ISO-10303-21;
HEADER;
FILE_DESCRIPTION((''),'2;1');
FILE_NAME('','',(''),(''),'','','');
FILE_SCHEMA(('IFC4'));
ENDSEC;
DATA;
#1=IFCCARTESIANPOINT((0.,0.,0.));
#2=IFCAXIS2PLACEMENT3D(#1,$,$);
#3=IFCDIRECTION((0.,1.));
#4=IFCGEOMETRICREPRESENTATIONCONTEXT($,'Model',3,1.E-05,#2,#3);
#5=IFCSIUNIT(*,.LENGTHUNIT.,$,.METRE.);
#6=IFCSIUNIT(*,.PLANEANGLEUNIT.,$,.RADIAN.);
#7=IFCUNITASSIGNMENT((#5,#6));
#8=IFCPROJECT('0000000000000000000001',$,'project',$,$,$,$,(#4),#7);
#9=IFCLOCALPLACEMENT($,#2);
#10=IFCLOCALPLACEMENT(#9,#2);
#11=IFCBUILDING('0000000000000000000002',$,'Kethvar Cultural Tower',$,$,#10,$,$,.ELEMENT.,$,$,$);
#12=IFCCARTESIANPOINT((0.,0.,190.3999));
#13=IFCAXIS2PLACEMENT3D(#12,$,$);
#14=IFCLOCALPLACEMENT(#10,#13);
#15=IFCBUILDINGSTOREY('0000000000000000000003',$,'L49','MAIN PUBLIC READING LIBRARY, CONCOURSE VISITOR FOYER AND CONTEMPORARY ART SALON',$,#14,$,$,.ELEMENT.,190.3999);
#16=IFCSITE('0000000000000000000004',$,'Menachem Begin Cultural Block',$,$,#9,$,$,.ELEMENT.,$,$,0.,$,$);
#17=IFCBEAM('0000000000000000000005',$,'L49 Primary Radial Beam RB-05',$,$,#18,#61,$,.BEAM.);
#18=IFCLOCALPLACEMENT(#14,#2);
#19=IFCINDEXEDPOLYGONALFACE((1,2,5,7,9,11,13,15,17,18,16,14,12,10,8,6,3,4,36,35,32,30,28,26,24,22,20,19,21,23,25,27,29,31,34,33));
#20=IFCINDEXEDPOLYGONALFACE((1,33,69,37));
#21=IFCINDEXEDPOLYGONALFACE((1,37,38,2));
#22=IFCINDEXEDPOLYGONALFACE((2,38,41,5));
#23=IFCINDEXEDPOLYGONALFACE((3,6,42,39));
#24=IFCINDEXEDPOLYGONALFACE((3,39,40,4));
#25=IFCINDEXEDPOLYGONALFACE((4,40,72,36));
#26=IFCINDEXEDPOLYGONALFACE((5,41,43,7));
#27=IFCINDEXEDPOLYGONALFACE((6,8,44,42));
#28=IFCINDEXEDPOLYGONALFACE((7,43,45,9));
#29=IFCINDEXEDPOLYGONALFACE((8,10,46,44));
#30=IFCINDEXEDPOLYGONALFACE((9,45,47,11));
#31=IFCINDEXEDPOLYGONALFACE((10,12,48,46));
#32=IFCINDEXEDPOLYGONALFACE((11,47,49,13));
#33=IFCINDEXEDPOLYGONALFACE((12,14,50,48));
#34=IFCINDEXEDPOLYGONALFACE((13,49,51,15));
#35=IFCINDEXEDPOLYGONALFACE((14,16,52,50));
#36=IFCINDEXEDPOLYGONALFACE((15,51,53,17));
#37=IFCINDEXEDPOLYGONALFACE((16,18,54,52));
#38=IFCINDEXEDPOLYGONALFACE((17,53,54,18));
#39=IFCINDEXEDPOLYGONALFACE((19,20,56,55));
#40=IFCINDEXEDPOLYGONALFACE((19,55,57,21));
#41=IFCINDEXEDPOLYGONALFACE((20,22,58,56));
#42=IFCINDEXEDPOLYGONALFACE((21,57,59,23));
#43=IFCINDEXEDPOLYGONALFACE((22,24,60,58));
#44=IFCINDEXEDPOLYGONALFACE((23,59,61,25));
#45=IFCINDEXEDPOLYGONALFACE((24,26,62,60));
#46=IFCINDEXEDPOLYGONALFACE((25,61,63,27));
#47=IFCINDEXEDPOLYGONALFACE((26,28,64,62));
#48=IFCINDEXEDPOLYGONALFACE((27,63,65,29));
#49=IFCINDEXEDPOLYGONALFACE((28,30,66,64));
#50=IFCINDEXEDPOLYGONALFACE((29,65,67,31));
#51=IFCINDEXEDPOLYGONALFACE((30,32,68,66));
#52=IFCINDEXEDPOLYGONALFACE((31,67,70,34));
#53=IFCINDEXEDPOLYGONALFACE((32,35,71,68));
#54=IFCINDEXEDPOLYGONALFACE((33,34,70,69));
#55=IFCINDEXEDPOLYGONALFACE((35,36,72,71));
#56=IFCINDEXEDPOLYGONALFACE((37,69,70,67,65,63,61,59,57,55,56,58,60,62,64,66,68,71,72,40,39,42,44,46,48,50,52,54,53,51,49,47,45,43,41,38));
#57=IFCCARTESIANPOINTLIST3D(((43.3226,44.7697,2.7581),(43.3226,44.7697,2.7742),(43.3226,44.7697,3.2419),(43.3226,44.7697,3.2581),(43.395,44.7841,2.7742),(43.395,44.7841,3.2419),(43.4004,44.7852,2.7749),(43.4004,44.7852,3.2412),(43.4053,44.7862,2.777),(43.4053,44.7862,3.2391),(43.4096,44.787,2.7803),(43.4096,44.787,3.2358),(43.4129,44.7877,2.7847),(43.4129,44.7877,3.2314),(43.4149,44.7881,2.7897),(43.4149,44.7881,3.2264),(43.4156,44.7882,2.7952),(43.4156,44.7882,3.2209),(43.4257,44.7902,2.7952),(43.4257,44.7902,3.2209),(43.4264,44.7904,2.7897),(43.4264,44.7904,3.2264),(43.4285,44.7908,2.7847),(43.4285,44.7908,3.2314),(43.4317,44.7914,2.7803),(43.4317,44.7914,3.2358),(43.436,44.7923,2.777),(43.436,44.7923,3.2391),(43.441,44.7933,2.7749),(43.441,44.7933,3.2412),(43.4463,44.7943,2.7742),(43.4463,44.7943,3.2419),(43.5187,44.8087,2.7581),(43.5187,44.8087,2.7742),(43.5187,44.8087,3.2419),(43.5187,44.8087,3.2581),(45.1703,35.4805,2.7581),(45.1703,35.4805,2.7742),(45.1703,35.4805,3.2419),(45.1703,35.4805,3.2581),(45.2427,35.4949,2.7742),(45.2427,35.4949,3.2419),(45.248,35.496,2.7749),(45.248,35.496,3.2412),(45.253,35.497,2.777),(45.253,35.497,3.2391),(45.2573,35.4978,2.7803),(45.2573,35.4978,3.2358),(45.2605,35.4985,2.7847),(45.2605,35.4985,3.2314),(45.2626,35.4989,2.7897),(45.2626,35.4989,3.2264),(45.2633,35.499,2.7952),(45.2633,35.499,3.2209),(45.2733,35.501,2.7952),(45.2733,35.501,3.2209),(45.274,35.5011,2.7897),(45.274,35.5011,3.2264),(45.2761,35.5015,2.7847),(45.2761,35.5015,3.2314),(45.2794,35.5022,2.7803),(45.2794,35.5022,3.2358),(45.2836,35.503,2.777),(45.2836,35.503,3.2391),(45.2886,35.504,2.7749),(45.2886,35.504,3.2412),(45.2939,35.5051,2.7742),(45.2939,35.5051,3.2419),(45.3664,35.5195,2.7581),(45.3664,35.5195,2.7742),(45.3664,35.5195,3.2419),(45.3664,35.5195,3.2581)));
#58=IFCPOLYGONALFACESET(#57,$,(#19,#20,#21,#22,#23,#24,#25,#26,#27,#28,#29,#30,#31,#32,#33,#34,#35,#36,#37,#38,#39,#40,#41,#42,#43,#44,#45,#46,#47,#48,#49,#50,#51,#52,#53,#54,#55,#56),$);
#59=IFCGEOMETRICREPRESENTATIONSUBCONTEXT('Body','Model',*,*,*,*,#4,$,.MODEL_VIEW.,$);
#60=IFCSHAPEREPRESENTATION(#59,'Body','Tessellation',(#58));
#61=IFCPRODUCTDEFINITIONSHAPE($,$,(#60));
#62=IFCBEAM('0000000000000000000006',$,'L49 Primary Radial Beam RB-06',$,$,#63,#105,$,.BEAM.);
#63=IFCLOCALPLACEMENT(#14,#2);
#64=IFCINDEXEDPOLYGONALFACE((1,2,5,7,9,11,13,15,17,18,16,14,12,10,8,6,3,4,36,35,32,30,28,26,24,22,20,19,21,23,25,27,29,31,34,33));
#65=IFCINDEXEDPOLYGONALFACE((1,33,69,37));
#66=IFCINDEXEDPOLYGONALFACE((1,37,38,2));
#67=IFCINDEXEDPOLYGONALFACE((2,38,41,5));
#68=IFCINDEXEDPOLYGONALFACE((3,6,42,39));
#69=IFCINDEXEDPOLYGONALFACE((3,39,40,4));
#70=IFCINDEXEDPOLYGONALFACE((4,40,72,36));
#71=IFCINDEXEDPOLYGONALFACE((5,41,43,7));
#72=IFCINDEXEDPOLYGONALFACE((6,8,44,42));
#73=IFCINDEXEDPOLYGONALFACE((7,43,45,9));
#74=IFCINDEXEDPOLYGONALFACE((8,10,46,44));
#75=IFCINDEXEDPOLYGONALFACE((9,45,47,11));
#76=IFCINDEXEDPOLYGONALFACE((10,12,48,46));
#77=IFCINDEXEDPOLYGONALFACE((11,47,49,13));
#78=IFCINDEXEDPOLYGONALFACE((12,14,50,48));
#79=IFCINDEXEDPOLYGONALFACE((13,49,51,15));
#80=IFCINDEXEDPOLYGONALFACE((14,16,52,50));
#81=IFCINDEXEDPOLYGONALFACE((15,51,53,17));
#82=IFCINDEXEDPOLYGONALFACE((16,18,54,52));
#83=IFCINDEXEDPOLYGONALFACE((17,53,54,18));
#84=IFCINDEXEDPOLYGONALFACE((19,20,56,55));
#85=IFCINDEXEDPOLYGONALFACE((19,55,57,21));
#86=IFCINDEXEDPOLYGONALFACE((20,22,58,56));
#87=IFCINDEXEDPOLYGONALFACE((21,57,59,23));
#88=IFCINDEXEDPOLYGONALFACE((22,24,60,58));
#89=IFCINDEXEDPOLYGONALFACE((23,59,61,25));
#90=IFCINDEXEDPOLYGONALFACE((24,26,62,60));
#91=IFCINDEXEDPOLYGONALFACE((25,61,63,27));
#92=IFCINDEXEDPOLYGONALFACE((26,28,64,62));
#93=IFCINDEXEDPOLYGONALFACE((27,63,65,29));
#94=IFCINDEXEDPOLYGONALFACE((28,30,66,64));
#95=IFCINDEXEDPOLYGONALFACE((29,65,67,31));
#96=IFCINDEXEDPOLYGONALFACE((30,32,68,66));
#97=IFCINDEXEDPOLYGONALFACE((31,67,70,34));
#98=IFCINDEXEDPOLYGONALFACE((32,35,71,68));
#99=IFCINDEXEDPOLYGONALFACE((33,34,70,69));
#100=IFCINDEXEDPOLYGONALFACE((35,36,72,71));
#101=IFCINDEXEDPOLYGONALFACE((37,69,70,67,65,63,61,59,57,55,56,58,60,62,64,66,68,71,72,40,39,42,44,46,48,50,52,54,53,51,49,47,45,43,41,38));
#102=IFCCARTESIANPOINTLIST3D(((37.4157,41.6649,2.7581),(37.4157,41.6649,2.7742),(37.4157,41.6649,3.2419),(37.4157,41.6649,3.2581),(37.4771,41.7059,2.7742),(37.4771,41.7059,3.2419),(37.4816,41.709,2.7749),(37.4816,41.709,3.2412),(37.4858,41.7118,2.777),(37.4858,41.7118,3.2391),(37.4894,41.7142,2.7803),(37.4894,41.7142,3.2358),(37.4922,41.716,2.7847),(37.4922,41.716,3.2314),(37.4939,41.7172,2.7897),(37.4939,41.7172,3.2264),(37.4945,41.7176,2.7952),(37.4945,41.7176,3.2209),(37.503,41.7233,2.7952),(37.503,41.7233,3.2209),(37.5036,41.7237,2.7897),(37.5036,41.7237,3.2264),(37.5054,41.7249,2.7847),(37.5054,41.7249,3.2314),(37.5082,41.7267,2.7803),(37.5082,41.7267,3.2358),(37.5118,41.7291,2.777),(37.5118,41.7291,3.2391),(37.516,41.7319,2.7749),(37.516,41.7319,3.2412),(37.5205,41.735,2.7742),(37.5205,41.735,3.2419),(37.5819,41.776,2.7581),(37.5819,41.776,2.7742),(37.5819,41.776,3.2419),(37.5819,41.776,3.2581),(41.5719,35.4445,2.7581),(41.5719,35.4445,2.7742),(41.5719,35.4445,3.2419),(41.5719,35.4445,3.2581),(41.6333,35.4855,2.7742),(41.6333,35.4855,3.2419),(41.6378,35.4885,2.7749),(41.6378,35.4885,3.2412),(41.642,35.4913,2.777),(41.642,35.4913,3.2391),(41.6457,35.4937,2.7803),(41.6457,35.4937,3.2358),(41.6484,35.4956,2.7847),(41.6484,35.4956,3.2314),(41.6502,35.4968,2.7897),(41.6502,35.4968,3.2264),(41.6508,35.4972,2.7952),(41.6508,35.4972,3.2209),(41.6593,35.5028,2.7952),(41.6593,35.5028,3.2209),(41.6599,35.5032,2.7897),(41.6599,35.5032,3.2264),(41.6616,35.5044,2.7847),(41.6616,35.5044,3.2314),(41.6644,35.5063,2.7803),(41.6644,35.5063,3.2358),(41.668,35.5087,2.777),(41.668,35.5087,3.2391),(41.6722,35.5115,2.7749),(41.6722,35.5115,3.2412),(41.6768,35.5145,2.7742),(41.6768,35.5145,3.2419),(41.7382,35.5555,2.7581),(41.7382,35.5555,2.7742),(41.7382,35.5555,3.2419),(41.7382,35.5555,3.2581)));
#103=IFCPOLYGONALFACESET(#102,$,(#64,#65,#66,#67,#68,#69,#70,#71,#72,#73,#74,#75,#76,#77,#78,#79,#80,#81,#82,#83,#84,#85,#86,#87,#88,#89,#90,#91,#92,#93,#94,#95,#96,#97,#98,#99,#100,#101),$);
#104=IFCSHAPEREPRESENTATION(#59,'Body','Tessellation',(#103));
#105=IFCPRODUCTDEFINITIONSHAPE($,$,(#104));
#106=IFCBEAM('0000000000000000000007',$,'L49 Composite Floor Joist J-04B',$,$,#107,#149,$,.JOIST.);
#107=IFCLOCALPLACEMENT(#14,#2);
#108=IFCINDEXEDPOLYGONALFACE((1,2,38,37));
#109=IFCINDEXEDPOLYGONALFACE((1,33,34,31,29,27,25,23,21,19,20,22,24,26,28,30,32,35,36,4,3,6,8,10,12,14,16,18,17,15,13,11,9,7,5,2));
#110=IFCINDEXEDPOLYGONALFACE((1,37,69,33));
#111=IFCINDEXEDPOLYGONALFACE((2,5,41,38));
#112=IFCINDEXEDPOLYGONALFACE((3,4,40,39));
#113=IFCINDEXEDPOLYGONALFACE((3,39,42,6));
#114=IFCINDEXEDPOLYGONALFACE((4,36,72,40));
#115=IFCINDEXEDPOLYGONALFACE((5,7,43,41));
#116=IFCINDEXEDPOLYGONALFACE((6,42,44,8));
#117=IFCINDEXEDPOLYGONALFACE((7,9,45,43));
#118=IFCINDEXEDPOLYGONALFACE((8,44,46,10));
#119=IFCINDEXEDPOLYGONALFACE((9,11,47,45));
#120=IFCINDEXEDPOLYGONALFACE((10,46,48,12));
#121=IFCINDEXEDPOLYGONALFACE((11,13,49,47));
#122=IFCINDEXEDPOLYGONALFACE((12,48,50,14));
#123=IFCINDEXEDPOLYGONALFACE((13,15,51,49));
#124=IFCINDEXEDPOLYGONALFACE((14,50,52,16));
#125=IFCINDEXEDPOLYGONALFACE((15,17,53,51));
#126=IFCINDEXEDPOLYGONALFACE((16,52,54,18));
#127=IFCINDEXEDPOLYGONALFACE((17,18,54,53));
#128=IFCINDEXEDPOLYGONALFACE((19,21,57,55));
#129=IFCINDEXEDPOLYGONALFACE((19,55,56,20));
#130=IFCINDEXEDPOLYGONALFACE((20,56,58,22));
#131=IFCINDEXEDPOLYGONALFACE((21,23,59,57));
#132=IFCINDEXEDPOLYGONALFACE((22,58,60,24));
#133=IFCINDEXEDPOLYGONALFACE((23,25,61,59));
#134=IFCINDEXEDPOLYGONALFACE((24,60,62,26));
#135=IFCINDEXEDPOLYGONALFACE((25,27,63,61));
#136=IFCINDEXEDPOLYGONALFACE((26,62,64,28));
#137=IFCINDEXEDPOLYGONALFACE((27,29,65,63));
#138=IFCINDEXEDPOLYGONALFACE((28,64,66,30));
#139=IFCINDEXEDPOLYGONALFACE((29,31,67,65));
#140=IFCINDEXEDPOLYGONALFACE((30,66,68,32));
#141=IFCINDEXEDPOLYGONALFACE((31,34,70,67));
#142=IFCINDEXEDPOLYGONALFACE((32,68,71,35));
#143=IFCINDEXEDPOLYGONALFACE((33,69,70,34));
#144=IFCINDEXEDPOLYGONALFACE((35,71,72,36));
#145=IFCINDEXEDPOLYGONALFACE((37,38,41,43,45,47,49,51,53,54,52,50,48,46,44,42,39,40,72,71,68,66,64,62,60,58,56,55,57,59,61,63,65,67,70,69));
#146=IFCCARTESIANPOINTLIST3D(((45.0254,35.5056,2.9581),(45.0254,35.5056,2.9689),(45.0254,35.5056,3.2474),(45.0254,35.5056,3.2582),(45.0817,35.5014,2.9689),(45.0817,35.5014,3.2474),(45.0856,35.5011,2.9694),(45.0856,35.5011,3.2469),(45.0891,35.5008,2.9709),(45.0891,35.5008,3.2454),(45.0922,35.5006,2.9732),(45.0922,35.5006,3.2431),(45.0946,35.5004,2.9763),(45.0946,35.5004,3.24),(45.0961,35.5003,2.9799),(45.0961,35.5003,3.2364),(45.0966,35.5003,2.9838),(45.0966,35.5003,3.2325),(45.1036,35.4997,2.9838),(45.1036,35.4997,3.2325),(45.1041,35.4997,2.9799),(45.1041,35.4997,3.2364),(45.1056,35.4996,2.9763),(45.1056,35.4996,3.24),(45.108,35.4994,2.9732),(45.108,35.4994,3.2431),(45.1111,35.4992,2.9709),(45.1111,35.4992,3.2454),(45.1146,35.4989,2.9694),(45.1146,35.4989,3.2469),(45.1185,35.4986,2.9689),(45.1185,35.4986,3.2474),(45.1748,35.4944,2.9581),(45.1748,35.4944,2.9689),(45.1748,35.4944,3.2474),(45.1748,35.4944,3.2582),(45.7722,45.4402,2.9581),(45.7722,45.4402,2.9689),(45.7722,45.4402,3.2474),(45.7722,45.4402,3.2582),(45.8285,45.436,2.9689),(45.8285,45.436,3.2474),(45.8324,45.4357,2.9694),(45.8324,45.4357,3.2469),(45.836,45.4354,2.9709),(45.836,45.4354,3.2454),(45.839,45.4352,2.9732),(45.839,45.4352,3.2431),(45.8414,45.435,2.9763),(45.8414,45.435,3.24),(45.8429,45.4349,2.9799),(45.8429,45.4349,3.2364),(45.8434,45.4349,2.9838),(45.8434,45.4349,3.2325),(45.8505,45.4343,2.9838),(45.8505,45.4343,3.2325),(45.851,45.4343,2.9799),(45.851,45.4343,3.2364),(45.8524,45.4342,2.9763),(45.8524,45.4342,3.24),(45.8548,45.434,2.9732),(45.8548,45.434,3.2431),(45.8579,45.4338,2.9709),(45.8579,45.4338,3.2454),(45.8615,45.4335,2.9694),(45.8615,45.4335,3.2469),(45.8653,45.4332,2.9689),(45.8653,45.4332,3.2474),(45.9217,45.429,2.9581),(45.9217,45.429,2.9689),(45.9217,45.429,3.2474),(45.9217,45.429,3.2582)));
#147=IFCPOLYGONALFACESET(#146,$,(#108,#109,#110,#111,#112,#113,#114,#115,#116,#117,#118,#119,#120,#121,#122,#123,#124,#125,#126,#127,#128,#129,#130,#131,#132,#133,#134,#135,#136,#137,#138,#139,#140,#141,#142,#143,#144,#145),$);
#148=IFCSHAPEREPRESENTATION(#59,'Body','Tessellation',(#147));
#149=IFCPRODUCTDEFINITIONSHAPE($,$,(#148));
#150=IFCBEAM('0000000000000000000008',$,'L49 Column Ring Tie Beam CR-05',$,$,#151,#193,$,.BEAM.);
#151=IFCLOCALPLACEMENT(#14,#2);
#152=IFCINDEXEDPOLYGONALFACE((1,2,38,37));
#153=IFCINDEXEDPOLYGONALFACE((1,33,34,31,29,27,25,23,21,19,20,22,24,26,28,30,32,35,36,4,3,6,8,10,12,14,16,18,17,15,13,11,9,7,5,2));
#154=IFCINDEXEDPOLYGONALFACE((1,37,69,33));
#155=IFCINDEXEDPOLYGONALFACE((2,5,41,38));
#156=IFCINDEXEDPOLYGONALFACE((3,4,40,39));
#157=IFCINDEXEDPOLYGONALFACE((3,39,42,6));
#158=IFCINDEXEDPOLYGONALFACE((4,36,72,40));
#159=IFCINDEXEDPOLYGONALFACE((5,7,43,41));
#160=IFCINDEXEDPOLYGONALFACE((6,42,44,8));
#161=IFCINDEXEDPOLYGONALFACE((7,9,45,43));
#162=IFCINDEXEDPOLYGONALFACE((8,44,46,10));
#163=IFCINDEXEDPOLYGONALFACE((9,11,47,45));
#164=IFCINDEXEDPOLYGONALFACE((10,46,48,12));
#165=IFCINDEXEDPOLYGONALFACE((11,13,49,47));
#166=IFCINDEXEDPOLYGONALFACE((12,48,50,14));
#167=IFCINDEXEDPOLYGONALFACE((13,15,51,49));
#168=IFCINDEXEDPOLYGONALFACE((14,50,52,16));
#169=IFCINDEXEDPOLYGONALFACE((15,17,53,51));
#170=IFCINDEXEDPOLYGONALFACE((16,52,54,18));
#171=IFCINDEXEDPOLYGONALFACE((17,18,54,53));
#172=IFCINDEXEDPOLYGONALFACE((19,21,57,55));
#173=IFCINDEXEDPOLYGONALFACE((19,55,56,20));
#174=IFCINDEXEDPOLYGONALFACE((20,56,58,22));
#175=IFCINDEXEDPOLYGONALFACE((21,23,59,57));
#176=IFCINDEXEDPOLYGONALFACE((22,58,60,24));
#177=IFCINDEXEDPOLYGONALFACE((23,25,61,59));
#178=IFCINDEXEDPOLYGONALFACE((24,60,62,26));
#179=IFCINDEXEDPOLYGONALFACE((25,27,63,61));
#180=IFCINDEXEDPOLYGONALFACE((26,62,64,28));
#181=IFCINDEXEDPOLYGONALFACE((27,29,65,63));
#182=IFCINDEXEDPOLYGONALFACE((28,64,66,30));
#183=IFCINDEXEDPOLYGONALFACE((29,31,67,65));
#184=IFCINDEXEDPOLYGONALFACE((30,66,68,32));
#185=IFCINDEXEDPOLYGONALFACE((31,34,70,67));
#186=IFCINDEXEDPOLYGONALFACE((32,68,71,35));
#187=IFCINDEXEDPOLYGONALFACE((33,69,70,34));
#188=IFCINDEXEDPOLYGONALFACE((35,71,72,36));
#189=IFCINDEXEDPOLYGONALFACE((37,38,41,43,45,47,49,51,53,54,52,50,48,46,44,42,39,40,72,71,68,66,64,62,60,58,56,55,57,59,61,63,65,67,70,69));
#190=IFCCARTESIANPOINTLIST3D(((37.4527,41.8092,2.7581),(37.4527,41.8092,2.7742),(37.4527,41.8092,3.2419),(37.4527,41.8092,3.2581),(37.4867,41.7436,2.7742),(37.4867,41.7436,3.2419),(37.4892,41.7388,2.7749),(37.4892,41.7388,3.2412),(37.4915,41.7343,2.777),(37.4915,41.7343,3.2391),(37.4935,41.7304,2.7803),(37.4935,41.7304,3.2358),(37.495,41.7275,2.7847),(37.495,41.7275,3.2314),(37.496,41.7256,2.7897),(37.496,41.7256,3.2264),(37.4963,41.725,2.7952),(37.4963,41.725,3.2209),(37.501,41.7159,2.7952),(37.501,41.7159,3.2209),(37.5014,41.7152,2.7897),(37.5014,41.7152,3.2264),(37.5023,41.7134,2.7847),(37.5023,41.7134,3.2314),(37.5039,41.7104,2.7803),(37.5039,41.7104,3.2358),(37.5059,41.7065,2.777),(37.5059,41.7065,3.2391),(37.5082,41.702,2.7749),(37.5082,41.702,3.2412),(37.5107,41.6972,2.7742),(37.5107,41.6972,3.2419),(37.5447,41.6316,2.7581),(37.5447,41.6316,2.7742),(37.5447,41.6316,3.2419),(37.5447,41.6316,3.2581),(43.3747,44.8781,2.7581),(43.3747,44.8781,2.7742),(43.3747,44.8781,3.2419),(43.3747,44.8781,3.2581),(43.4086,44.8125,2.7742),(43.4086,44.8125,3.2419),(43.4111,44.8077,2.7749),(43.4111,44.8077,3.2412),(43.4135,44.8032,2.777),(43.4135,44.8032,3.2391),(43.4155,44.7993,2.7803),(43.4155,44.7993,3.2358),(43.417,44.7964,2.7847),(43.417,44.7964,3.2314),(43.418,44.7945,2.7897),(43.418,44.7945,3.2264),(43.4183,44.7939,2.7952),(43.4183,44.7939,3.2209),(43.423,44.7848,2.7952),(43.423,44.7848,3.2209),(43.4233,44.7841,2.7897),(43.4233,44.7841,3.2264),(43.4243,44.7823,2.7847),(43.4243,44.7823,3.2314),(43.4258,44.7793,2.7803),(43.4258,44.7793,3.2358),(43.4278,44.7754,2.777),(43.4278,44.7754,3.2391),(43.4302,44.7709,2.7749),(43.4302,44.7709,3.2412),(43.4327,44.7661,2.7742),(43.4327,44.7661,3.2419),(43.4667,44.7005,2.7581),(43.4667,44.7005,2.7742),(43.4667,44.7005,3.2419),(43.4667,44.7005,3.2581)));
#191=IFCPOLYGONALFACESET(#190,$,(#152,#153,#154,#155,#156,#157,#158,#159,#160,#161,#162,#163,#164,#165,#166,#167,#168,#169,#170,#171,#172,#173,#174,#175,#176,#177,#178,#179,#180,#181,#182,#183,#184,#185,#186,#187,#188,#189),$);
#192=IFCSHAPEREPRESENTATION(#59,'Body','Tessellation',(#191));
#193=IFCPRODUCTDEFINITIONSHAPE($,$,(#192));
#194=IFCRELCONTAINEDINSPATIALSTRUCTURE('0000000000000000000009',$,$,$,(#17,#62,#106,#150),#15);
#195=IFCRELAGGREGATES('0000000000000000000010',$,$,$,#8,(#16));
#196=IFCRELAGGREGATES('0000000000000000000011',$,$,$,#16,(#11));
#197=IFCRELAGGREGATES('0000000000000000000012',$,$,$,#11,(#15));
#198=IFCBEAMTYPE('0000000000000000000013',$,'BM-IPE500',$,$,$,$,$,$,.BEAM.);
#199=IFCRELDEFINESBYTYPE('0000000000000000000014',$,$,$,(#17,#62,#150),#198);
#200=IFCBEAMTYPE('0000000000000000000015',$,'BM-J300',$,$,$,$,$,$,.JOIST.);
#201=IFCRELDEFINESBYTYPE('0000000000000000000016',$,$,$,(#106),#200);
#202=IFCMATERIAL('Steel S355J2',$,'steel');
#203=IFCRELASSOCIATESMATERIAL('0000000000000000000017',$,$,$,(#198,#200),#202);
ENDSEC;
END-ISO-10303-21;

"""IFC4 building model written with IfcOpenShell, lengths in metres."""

from ifc_helpers import new_model, si_unit, direction, frame, origin, origin_2d, place, context, subcontext, project, spatial, i_section, extrude, source, transform, mapped, material, material_profile, profile_set, type_object, element, save


model = new_model("IFC4")

# Units and contexts
model_context = context("Model", 3, precision=1e-05, world=origin(), true_north=direction((0.0, 1.0)))
body_context = subcontext(model_context, "Body", "Model", "MODEL_VIEW")
ifc_project = project(units=[si_unit("LENGTHUNIT", "METRE"), si_unit("PLANEANGLEUNIT", "RADIAN")], contexts=[model_context])

# Site, building, storey
site_placement = place(None, origin())
site = spatial("IfcSite", under=ifc_project, at=site_placement, Name="Menachem Begin Cultural Block", CompositionType="ELEMENT", RefElevation=0.0)
building_placement = place(site_placement, origin())
building = spatial("IfcBuilding", under=site, at=building_placement, Name="Kethvar Cultural Tower", CompositionType="ELEMENT")
storey_placement = place(building_placement, frame((0.0, 0.0, 190.3999)))
storey = spatial("IfcBuildingStorey", under=building, at=storey_placement, Name="L49", Description="MAIN PUBLIC READING LIBRARY, CONCOURSE VISITOR FOYER AND CONTEMPORARY ART SALON", CompositionType="ELEMENT", Elevation=190.3999)

# Beams
ifc_material_1 = material(Name="Steel S355J2", Category="steel")
ifc_material_profile_1 = material_profile(ifc_material_1, i_section(OverallWidth=0.2, OverallDepth=0.5, WebThickness=0.0103, FlangeThickness=0.0161, FilletRadius=0.021, at=origin_2d()), Name="Steel S355J2 — IPE500")
ifc_profile_set_1 = profile_set([ifc_material_profile_1], Name="Steel S355J2 — IPE500")
beam_type_1 = type_object("IfcBeamType", Name="BM-IPE500", PredefinedType="BEAM", material=ifc_profile_set_1)
shared_shape_1 = source(origin(), body_context, "Body", "SweptSolid", [
    extrude(i_section(OverallWidth=0.2, OverallDepth=0.5, WebThickness=0.0103, FlangeThickness=0.0161, FilletRadius=0.021, at=origin_2d()), origin(), (0.0, 0.0, 1.0), 9.4712),
])
beam_1_placement = place(storey_placement, frame((45.2683, 35.5, 3.0081), z_axis=(-0.19508, 0.980787, 0.0), x_axis=(-0.980787, -0.19508, 0.0)))
element("IfcBeam", 1, at=beam_1_placement, inside=storey, type_object=beam_type_1, Name="L49 Primary Radial Beam RB-05", PredefinedType="BEAM", context=body_context, shape_type="MappedRepresentation", body=[
    mapped(shared_shape_1, transform((0.0, 0.0, 0.0), scale=1.0)),
])
shared_shape_2 = source(origin(), body_context, "Body", "SweptSolid", [
    extrude(i_section(OverallWidth=0.2, OverallDepth=0.5, WebThickness=0.0103, FlangeThickness=0.0161, FilletRadius=0.021, at=origin_2d()), origin(), (0.0, 0.0, 1.0), 7.4812),
])
beam_2_placement = place(storey_placement, frame((41.655, 35.5, 3.0081), z_axis=(-0.555558, 0.831478, 0.0), x_axis=(-0.831478, -0.555558, 0.0)))
element("IfcBeam", 2, at=beam_2_placement, inside=storey, type_object=beam_type_1, Name="L49 Primary Radial Beam RB-06", PredefinedType="BEAM", context=body_context, shape_type="MappedRepresentation", body=[
    mapped(shared_shape_2, transform((0.0, 0.0, 0.0), scale=1.0)),
])
ifc_material_profile_2 = material_profile(ifc_material_1, i_section(OverallWidth=0.1499, OverallDepth=0.3, WebThickness=0.0071, FlangeThickness=0.0107, FilletRadius=0.0149, at=origin_2d()), Name="Steel S355J2 — IPE300")
ifc_profile_set_2 = profile_set([ifc_material_profile_2], Name="Steel S355J2 — IPE300")
beam_type_2 = type_object("IfcBeamType", Name="BM-J300", PredefinedType="JOIST", material=ifc_profile_set_2)
shared_shape_3 = source(origin(), body_context, "Body", "SweptSolid", [
    extrude(i_section(OverallWidth=0.1499, OverallDepth=0.3, WebThickness=0.0071, FlangeThickness=0.0107, FilletRadius=0.0149, at=origin_2d()), origin(), (0.0, 0.0, 1.0), 9.9626),
])
beam_3_placement = place(storey_placement, frame((45.1001, 35.5, 3.1082), z_axis=(0.074963, 0.997186, 0.0), x_axis=(-0.997186, 0.074963, 0.0)))
element("IfcBeam", 3, at=beam_3_placement, inside=storey, type_object=beam_type_2, Name="L49 Composite Floor Joist J-04B", PredefinedType="JOIST", context=body_context, shape_type="MappedRepresentation", body=[
    mapped(shared_shape_3, transform((0.0, 0.0, 0.0), scale=1.0)),
])
shared_shape_4 = source(origin(), body_context, "Body", "SweptSolid", [
    extrude(i_section(OverallWidth=0.2, OverallDepth=0.5, WebThickness=0.0103, FlangeThickness=0.0161, FilletRadius=0.021, at=origin_2d()), origin(), (0.0, 0.0, 1.0), 6.6699),
])
beam_4_placement = place(storey_placement, frame((43.4207, 44.7893, 3.0081), z_axis=(-0.887862, -0.46011, 0.0), x_axis=(0.46011, -0.887862, 0.0)))
element("IfcBeam", 4, at=beam_4_placement, inside=storey, type_object=beam_type_1, Name="L49 Column Ring Tie Beam CR-05", PredefinedType="BEAM", context=body_context, shape_type="MappedRepresentation", body=[
    mapped(shared_shape_4, transform((0.0, 0.0, 0.0), scale=1.0)),
])

save(model, "model.ifc")
